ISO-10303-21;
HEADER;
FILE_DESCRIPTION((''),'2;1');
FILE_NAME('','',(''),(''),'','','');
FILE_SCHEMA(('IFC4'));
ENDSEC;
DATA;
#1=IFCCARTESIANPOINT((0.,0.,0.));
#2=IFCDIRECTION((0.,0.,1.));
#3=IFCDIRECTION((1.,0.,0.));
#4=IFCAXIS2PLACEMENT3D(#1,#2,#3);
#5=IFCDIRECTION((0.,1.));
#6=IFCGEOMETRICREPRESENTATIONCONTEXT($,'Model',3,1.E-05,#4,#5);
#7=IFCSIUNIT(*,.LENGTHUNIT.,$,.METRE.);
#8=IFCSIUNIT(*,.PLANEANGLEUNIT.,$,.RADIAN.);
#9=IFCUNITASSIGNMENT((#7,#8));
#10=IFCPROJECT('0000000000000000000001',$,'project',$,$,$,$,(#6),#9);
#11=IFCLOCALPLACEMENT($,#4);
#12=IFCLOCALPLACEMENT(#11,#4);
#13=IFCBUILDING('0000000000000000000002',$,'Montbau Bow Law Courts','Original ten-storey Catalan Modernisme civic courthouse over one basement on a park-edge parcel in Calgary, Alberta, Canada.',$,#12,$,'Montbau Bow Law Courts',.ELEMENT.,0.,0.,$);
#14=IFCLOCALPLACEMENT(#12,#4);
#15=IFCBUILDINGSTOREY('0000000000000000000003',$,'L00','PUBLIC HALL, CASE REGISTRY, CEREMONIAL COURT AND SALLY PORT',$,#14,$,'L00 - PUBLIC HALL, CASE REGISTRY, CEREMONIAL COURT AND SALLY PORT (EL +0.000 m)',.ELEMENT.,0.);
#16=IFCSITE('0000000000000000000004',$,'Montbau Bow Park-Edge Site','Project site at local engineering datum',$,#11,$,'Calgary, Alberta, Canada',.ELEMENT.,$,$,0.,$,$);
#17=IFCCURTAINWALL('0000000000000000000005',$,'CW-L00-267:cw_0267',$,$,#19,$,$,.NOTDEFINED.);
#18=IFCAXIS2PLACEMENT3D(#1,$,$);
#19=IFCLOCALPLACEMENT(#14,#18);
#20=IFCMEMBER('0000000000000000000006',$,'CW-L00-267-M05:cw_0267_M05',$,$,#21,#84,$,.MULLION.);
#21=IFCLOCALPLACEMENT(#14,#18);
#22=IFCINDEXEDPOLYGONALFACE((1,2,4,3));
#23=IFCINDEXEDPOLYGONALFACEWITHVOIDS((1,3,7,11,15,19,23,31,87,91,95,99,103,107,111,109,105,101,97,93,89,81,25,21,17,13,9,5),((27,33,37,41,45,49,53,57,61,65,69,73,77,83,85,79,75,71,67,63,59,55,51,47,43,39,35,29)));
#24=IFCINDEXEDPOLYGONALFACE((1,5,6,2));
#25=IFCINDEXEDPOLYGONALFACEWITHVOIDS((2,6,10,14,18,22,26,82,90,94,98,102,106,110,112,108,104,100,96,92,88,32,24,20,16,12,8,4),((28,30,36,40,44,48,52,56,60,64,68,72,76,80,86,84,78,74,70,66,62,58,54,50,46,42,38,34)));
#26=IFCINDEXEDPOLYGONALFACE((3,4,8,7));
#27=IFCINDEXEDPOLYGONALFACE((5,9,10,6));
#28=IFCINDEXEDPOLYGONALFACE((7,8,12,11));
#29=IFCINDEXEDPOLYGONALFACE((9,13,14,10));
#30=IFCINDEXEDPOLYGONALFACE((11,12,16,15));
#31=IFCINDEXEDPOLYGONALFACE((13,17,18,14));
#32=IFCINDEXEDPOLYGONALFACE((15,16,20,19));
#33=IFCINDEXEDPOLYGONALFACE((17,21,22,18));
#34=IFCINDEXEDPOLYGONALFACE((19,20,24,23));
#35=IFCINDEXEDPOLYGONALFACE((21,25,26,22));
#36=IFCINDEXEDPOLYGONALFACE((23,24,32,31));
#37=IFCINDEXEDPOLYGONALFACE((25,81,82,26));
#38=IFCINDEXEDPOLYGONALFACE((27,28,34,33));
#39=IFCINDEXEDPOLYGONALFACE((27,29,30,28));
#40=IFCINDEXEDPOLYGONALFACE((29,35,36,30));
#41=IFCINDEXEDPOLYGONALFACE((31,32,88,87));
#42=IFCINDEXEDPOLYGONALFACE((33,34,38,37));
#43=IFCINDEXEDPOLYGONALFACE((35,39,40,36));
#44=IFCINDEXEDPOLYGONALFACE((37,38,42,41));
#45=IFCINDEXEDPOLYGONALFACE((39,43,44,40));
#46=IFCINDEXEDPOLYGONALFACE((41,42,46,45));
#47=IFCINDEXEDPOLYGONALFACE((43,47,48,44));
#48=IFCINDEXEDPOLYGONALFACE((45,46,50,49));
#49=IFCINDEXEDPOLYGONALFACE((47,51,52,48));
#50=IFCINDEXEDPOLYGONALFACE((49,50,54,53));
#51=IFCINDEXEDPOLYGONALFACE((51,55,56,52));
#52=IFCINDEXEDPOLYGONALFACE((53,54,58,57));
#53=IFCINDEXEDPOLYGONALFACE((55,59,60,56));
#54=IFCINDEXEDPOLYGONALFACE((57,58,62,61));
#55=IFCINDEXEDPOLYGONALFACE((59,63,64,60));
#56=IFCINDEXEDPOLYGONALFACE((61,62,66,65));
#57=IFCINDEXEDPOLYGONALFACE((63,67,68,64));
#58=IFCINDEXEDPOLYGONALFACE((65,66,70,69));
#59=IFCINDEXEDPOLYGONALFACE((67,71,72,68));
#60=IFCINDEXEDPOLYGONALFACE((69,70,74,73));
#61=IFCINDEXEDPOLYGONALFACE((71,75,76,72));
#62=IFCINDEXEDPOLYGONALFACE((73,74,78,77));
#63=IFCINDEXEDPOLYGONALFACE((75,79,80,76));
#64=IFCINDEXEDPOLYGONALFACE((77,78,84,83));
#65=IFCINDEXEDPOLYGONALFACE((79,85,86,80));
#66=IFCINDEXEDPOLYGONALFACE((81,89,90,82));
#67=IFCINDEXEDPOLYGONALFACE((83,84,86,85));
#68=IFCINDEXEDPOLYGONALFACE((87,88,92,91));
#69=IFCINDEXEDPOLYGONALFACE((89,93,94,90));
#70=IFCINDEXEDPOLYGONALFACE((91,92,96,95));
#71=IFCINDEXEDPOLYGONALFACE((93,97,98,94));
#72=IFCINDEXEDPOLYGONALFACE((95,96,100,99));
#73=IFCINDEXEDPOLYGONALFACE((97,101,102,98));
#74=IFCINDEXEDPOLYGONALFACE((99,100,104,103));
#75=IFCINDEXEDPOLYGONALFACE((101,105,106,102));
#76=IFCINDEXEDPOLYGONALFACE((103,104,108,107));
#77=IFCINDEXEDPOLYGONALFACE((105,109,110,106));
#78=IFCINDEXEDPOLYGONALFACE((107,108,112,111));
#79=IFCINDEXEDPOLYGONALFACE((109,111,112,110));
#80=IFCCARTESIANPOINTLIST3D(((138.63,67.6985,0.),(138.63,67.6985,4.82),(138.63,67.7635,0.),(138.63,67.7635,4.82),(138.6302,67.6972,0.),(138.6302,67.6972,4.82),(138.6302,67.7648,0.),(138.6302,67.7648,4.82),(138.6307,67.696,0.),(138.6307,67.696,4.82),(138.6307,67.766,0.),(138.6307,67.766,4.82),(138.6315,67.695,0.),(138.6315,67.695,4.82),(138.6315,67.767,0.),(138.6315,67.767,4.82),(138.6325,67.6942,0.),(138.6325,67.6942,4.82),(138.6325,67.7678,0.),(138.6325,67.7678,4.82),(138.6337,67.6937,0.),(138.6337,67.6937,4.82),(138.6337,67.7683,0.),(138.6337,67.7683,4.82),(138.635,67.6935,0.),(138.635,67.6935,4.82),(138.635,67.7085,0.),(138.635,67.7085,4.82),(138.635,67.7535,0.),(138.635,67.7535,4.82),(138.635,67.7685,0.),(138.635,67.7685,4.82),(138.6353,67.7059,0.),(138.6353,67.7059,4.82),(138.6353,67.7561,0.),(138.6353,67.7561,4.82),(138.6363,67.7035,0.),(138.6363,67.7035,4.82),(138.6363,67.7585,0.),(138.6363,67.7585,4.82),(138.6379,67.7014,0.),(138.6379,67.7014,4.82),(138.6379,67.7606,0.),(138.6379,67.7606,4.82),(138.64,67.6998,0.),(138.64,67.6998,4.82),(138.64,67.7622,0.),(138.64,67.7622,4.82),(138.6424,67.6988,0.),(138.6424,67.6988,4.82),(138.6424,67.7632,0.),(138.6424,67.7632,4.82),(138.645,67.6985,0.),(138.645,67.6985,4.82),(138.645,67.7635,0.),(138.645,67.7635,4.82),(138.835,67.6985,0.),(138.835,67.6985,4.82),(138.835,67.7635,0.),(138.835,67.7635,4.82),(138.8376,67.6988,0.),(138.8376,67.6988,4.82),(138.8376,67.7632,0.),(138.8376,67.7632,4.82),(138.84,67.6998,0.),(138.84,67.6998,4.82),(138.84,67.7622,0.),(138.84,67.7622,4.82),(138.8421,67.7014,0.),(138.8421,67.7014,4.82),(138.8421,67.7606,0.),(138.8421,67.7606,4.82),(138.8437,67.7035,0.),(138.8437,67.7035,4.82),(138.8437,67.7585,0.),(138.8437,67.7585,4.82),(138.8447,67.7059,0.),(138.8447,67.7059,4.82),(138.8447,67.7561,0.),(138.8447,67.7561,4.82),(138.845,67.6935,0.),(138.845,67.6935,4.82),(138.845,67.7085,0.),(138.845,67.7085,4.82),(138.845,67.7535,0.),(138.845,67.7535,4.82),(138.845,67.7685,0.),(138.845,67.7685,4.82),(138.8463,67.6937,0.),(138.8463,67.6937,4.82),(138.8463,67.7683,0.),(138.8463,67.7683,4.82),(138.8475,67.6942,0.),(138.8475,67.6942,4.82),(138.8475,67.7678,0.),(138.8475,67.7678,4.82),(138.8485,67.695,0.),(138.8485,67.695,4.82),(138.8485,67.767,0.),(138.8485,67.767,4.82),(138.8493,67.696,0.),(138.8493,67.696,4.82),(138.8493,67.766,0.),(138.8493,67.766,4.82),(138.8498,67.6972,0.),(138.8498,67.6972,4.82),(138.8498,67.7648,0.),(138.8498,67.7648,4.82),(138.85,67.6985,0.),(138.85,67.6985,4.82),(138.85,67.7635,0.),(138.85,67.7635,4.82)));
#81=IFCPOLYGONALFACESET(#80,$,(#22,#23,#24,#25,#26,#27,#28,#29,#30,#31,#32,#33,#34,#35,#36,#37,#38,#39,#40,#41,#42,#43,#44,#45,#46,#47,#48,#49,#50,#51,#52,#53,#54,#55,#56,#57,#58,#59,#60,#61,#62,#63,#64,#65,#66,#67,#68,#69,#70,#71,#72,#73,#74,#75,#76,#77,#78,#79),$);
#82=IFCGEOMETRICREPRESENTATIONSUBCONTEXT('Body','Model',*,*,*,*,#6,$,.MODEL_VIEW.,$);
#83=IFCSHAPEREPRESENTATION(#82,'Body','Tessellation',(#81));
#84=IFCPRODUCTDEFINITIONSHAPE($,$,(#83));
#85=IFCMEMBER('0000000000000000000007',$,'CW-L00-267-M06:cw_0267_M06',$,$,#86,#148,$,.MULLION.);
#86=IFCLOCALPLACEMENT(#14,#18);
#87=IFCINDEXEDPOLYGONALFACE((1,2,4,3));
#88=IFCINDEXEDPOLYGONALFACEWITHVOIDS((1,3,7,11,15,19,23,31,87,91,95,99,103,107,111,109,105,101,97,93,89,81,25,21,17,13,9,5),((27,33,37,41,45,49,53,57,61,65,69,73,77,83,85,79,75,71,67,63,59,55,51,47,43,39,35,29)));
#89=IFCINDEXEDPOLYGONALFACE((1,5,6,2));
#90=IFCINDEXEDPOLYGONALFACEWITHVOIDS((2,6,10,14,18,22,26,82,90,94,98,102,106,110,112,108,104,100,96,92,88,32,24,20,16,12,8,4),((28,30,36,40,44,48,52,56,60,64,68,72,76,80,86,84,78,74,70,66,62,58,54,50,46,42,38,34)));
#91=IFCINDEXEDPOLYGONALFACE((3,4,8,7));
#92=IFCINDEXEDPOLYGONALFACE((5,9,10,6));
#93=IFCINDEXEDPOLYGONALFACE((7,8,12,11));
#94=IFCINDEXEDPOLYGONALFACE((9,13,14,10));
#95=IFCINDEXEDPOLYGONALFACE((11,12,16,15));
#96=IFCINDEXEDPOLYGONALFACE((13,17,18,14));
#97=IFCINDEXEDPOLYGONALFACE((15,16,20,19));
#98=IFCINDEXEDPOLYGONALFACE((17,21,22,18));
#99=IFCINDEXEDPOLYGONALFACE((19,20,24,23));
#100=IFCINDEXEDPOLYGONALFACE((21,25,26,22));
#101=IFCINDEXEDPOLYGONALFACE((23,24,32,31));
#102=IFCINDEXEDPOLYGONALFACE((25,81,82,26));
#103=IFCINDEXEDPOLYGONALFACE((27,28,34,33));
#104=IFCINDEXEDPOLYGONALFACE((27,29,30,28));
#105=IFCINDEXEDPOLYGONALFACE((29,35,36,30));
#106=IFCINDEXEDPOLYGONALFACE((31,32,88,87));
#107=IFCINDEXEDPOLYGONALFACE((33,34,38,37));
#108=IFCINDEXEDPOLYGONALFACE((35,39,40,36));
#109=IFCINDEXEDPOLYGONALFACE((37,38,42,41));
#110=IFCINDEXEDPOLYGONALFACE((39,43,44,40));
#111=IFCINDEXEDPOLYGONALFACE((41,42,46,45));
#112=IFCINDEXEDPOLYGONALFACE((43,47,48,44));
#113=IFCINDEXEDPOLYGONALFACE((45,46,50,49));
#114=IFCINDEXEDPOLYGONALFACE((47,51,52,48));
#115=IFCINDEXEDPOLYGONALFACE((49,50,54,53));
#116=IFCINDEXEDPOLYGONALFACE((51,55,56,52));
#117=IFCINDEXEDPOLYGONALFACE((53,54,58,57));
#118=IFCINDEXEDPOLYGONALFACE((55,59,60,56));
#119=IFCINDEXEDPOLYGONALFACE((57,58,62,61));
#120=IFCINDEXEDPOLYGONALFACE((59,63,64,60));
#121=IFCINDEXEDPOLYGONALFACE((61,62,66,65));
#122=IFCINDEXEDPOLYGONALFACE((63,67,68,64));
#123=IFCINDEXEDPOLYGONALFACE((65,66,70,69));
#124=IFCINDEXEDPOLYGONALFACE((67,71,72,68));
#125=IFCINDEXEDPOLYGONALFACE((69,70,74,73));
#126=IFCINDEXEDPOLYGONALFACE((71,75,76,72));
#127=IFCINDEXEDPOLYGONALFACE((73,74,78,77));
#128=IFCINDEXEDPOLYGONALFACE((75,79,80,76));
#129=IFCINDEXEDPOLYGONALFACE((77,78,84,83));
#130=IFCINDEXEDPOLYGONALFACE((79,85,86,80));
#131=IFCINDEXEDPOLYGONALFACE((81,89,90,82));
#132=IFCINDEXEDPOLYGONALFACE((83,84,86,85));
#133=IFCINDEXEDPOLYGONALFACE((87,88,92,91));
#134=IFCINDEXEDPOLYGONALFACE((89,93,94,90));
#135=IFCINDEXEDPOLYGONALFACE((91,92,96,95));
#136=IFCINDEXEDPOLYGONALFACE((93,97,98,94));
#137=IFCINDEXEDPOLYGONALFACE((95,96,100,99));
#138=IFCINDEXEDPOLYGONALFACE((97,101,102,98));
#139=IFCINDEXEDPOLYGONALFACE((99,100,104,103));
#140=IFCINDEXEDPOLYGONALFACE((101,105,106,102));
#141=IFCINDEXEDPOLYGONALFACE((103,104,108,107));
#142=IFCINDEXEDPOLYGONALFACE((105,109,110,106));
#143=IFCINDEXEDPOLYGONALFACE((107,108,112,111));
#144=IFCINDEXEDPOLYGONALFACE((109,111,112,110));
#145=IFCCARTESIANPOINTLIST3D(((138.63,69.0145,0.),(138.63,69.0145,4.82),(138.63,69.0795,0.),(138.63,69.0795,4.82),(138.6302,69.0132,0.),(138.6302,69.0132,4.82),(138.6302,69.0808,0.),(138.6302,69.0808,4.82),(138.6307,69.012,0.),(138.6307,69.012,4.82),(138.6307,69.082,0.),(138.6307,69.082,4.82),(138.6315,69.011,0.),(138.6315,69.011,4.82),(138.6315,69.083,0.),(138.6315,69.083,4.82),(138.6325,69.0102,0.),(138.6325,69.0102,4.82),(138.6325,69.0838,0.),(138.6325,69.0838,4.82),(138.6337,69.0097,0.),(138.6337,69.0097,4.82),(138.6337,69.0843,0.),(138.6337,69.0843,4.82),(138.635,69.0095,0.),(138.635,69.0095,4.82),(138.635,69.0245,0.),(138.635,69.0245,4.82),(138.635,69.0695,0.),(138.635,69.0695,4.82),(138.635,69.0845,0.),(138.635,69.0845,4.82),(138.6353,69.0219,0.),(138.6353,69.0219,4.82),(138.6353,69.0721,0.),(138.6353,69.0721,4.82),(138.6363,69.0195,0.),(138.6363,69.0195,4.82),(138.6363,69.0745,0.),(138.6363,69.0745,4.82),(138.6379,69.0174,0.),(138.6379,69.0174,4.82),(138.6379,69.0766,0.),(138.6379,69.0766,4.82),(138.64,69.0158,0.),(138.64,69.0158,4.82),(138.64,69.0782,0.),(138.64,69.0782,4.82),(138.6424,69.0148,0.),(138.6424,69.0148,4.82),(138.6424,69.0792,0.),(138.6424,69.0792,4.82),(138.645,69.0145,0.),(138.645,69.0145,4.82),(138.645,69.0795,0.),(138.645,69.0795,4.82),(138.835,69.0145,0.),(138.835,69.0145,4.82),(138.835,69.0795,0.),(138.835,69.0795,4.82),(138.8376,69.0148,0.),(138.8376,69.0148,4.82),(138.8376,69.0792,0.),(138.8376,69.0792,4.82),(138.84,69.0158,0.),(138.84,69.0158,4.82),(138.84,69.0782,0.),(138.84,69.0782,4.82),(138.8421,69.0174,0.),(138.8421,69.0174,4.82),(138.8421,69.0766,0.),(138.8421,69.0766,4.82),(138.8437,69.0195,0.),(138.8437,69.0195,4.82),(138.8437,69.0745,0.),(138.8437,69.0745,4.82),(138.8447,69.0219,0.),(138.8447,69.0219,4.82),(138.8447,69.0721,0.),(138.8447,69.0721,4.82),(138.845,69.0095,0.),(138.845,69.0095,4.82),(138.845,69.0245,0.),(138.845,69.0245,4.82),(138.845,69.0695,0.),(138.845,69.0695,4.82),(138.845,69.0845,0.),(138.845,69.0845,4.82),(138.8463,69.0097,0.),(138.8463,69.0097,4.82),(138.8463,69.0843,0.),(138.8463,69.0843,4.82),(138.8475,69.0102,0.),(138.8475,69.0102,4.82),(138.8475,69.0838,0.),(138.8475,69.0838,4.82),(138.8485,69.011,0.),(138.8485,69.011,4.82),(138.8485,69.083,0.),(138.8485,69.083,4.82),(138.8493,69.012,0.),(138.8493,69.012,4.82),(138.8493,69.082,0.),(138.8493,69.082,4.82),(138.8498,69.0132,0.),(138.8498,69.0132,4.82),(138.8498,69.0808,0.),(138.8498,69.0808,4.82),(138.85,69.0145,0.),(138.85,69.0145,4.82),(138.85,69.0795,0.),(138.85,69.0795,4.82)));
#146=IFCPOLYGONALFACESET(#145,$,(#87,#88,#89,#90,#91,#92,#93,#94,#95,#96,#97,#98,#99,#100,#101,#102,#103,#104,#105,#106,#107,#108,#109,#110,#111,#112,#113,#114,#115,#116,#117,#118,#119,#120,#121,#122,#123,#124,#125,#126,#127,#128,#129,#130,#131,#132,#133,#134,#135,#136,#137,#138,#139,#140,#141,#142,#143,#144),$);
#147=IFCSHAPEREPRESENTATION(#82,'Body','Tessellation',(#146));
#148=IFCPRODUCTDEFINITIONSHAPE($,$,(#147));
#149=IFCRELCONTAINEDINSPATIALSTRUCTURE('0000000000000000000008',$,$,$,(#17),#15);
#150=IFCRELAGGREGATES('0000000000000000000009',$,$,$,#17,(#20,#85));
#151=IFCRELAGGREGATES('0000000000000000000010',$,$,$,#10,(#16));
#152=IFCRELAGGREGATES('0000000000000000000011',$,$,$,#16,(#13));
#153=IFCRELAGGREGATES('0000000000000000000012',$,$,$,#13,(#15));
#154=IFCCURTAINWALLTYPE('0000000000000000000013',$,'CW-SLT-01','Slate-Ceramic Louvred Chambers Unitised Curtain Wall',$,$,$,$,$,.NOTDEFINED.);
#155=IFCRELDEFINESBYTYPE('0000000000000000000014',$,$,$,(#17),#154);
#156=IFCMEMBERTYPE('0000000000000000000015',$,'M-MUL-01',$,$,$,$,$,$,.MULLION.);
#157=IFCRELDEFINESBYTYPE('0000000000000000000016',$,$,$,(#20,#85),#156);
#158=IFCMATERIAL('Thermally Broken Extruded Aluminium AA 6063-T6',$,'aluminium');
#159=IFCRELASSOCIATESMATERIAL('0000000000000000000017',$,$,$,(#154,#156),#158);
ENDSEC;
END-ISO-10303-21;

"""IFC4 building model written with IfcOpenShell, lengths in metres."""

from ifc_helpers import new_model, si_unit, direction, frame, origin_with_axes, origin_2d_with_axis, place, context, subcontext, project, spatial, hollow_rectangle, extrude, material, material_profile, profile_set, type_object, element, aggregate, save


model = new_model("IFC4")

# Units and contexts
model_context = context("Model", 3, precision=1e-05, world=origin_with_axes(), true_north=direction((0.0, 1.0)))
body_context = subcontext(model_context, "Body", "Model", "MODEL_VIEW")
ifc_project = project(units=[si_unit("LENGTHUNIT", "METRE"), si_unit("PLANEANGLEUNIT", "RADIAN")], contexts=[model_context])

# Site, building, storey
site_placement = place(None, origin_with_axes())
site = spatial("IfcSite", under=ifc_project, at=site_placement, Name="Montbau Bow Park-Edge Site", Description="Project site at local engineering datum", LongName="Calgary, Alberta, Canada", CompositionType="ELEMENT", RefElevation=0.0)
building_placement = place(site_placement, origin_with_axes())
building = spatial("IfcBuilding", under=site, at=building_placement, Name="Montbau Bow Law Courts", Description="Original ten-storey Catalan Modernisme civic courthouse over one basement on a park-edge parcel in Calgary, Alberta, Canada.", LongName="Montbau Bow Law Courts", CompositionType="ELEMENT", ElevationOfRefHeight=0.0, ElevationOfTerrain=0.0)
storey_placement = place(building_placement, origin_with_axes())
storey = spatial("IfcBuildingStorey", under=building, at=storey_placement, Name="L00", Description="PUBLIC HALL, CASE REGISTRY, CEREMONIAL COURT AND SALLY PORT", LongName="L00 - PUBLIC HALL, CASE REGISTRY, CEREMONIAL COURT AND SALLY PORT (EL +0.000 m)", CompositionType="ELEMENT", Elevation=0.0)

# Curtain wall, members
ifc_material_1 = material(Name="Thermally Broken Extruded Aluminium AA 6063-T6", Category="aluminium")
curtain_wall_type = type_object("IfcCurtainWallType", Name="CW-SLT-01", Description="Slate-Ceramic Louvred Chambers Unitised Curtain Wall", PredefinedType="NOTDEFINED", material=ifc_material_1)
curtain_wall_1_placement = place(None, frame((138.74, 62.315, 0.0), z_axis=(0.0, 0.0, 1.0), x_axis=(1.0, 0.0, 0.0)))
curtain_wall_1 = element("IfcCurtainWall", 1, at=curtain_wall_1_placement, inside=storey, type_object=curtain_wall_type, Name="CW-L00-267:cw_0267", PredefinedType="NOTDEFINED")
ifc_material_profile_1 = material_profile(ifc_material_1, hollow_rectangle(XDim=0.075, YDim=0.22, WallThickness=0.005, InnerFilletRadius=0.01, OuterFilletRadius=0.005, at=origin_2d_with_axis()), Name="CWM-220X75", Category="Main", Priority=0)
ifc_profile_set_1 = profile_set([ifc_material_profile_1], Name="Thermally Broken Extruded Aluminium AA 6063-T6")
member_type_1 = type_object("IfcMemberType", Name="M-MUL-01", PredefinedType="MULLION", material=ifc_profile_set_1)
member_1_placement = place(None, frame((138.74, 67.731, 0.0), z_axis=(0.0, 0.0, 1.0), x_axis=(0.0, 1.0, 0.0)))
member_1 = element("IfcMember", 2, at=member_1_placement, type_object=member_type_1, Name="CW-L00-267-M05:cw_0267_M05", PredefinedType="MULLION", context=body_context, shape_type="SweptSolid", body=[
    extrude(hollow_rectangle(XDim=0.075, YDim=0.22, WallThickness=0.005, InnerFilletRadius=0.01, OuterFilletRadius=0.005, at=origin_2d_with_axis()), origin_with_axes(), (0.0, 0.0, 1.0), 4.82),
])
member_2_placement = place(None, frame((138.74, 69.047, 0.0), z_axis=(0.0, 0.0, 1.0), x_axis=(0.0, 1.0, 0.0)))
member_2 = element("IfcMember", 3, at=member_2_placement, type_object=member_type_1, Name="CW-L00-267-M06:cw_0267_M06", PredefinedType="MULLION", context=body_context, shape_type="SweptSolid", body=[
    extrude(hollow_rectangle(XDim=0.075, YDim=0.22, WallThickness=0.005, InnerFilletRadius=0.01, OuterFilletRadius=0.005, at=origin_2d_with_axis()), origin_with_axes(), (0.0, 0.0, 1.0), 4.82),
])

aggregate(curtain_wall_1, [member_1, member_2])

save(model, "model.ifc")
